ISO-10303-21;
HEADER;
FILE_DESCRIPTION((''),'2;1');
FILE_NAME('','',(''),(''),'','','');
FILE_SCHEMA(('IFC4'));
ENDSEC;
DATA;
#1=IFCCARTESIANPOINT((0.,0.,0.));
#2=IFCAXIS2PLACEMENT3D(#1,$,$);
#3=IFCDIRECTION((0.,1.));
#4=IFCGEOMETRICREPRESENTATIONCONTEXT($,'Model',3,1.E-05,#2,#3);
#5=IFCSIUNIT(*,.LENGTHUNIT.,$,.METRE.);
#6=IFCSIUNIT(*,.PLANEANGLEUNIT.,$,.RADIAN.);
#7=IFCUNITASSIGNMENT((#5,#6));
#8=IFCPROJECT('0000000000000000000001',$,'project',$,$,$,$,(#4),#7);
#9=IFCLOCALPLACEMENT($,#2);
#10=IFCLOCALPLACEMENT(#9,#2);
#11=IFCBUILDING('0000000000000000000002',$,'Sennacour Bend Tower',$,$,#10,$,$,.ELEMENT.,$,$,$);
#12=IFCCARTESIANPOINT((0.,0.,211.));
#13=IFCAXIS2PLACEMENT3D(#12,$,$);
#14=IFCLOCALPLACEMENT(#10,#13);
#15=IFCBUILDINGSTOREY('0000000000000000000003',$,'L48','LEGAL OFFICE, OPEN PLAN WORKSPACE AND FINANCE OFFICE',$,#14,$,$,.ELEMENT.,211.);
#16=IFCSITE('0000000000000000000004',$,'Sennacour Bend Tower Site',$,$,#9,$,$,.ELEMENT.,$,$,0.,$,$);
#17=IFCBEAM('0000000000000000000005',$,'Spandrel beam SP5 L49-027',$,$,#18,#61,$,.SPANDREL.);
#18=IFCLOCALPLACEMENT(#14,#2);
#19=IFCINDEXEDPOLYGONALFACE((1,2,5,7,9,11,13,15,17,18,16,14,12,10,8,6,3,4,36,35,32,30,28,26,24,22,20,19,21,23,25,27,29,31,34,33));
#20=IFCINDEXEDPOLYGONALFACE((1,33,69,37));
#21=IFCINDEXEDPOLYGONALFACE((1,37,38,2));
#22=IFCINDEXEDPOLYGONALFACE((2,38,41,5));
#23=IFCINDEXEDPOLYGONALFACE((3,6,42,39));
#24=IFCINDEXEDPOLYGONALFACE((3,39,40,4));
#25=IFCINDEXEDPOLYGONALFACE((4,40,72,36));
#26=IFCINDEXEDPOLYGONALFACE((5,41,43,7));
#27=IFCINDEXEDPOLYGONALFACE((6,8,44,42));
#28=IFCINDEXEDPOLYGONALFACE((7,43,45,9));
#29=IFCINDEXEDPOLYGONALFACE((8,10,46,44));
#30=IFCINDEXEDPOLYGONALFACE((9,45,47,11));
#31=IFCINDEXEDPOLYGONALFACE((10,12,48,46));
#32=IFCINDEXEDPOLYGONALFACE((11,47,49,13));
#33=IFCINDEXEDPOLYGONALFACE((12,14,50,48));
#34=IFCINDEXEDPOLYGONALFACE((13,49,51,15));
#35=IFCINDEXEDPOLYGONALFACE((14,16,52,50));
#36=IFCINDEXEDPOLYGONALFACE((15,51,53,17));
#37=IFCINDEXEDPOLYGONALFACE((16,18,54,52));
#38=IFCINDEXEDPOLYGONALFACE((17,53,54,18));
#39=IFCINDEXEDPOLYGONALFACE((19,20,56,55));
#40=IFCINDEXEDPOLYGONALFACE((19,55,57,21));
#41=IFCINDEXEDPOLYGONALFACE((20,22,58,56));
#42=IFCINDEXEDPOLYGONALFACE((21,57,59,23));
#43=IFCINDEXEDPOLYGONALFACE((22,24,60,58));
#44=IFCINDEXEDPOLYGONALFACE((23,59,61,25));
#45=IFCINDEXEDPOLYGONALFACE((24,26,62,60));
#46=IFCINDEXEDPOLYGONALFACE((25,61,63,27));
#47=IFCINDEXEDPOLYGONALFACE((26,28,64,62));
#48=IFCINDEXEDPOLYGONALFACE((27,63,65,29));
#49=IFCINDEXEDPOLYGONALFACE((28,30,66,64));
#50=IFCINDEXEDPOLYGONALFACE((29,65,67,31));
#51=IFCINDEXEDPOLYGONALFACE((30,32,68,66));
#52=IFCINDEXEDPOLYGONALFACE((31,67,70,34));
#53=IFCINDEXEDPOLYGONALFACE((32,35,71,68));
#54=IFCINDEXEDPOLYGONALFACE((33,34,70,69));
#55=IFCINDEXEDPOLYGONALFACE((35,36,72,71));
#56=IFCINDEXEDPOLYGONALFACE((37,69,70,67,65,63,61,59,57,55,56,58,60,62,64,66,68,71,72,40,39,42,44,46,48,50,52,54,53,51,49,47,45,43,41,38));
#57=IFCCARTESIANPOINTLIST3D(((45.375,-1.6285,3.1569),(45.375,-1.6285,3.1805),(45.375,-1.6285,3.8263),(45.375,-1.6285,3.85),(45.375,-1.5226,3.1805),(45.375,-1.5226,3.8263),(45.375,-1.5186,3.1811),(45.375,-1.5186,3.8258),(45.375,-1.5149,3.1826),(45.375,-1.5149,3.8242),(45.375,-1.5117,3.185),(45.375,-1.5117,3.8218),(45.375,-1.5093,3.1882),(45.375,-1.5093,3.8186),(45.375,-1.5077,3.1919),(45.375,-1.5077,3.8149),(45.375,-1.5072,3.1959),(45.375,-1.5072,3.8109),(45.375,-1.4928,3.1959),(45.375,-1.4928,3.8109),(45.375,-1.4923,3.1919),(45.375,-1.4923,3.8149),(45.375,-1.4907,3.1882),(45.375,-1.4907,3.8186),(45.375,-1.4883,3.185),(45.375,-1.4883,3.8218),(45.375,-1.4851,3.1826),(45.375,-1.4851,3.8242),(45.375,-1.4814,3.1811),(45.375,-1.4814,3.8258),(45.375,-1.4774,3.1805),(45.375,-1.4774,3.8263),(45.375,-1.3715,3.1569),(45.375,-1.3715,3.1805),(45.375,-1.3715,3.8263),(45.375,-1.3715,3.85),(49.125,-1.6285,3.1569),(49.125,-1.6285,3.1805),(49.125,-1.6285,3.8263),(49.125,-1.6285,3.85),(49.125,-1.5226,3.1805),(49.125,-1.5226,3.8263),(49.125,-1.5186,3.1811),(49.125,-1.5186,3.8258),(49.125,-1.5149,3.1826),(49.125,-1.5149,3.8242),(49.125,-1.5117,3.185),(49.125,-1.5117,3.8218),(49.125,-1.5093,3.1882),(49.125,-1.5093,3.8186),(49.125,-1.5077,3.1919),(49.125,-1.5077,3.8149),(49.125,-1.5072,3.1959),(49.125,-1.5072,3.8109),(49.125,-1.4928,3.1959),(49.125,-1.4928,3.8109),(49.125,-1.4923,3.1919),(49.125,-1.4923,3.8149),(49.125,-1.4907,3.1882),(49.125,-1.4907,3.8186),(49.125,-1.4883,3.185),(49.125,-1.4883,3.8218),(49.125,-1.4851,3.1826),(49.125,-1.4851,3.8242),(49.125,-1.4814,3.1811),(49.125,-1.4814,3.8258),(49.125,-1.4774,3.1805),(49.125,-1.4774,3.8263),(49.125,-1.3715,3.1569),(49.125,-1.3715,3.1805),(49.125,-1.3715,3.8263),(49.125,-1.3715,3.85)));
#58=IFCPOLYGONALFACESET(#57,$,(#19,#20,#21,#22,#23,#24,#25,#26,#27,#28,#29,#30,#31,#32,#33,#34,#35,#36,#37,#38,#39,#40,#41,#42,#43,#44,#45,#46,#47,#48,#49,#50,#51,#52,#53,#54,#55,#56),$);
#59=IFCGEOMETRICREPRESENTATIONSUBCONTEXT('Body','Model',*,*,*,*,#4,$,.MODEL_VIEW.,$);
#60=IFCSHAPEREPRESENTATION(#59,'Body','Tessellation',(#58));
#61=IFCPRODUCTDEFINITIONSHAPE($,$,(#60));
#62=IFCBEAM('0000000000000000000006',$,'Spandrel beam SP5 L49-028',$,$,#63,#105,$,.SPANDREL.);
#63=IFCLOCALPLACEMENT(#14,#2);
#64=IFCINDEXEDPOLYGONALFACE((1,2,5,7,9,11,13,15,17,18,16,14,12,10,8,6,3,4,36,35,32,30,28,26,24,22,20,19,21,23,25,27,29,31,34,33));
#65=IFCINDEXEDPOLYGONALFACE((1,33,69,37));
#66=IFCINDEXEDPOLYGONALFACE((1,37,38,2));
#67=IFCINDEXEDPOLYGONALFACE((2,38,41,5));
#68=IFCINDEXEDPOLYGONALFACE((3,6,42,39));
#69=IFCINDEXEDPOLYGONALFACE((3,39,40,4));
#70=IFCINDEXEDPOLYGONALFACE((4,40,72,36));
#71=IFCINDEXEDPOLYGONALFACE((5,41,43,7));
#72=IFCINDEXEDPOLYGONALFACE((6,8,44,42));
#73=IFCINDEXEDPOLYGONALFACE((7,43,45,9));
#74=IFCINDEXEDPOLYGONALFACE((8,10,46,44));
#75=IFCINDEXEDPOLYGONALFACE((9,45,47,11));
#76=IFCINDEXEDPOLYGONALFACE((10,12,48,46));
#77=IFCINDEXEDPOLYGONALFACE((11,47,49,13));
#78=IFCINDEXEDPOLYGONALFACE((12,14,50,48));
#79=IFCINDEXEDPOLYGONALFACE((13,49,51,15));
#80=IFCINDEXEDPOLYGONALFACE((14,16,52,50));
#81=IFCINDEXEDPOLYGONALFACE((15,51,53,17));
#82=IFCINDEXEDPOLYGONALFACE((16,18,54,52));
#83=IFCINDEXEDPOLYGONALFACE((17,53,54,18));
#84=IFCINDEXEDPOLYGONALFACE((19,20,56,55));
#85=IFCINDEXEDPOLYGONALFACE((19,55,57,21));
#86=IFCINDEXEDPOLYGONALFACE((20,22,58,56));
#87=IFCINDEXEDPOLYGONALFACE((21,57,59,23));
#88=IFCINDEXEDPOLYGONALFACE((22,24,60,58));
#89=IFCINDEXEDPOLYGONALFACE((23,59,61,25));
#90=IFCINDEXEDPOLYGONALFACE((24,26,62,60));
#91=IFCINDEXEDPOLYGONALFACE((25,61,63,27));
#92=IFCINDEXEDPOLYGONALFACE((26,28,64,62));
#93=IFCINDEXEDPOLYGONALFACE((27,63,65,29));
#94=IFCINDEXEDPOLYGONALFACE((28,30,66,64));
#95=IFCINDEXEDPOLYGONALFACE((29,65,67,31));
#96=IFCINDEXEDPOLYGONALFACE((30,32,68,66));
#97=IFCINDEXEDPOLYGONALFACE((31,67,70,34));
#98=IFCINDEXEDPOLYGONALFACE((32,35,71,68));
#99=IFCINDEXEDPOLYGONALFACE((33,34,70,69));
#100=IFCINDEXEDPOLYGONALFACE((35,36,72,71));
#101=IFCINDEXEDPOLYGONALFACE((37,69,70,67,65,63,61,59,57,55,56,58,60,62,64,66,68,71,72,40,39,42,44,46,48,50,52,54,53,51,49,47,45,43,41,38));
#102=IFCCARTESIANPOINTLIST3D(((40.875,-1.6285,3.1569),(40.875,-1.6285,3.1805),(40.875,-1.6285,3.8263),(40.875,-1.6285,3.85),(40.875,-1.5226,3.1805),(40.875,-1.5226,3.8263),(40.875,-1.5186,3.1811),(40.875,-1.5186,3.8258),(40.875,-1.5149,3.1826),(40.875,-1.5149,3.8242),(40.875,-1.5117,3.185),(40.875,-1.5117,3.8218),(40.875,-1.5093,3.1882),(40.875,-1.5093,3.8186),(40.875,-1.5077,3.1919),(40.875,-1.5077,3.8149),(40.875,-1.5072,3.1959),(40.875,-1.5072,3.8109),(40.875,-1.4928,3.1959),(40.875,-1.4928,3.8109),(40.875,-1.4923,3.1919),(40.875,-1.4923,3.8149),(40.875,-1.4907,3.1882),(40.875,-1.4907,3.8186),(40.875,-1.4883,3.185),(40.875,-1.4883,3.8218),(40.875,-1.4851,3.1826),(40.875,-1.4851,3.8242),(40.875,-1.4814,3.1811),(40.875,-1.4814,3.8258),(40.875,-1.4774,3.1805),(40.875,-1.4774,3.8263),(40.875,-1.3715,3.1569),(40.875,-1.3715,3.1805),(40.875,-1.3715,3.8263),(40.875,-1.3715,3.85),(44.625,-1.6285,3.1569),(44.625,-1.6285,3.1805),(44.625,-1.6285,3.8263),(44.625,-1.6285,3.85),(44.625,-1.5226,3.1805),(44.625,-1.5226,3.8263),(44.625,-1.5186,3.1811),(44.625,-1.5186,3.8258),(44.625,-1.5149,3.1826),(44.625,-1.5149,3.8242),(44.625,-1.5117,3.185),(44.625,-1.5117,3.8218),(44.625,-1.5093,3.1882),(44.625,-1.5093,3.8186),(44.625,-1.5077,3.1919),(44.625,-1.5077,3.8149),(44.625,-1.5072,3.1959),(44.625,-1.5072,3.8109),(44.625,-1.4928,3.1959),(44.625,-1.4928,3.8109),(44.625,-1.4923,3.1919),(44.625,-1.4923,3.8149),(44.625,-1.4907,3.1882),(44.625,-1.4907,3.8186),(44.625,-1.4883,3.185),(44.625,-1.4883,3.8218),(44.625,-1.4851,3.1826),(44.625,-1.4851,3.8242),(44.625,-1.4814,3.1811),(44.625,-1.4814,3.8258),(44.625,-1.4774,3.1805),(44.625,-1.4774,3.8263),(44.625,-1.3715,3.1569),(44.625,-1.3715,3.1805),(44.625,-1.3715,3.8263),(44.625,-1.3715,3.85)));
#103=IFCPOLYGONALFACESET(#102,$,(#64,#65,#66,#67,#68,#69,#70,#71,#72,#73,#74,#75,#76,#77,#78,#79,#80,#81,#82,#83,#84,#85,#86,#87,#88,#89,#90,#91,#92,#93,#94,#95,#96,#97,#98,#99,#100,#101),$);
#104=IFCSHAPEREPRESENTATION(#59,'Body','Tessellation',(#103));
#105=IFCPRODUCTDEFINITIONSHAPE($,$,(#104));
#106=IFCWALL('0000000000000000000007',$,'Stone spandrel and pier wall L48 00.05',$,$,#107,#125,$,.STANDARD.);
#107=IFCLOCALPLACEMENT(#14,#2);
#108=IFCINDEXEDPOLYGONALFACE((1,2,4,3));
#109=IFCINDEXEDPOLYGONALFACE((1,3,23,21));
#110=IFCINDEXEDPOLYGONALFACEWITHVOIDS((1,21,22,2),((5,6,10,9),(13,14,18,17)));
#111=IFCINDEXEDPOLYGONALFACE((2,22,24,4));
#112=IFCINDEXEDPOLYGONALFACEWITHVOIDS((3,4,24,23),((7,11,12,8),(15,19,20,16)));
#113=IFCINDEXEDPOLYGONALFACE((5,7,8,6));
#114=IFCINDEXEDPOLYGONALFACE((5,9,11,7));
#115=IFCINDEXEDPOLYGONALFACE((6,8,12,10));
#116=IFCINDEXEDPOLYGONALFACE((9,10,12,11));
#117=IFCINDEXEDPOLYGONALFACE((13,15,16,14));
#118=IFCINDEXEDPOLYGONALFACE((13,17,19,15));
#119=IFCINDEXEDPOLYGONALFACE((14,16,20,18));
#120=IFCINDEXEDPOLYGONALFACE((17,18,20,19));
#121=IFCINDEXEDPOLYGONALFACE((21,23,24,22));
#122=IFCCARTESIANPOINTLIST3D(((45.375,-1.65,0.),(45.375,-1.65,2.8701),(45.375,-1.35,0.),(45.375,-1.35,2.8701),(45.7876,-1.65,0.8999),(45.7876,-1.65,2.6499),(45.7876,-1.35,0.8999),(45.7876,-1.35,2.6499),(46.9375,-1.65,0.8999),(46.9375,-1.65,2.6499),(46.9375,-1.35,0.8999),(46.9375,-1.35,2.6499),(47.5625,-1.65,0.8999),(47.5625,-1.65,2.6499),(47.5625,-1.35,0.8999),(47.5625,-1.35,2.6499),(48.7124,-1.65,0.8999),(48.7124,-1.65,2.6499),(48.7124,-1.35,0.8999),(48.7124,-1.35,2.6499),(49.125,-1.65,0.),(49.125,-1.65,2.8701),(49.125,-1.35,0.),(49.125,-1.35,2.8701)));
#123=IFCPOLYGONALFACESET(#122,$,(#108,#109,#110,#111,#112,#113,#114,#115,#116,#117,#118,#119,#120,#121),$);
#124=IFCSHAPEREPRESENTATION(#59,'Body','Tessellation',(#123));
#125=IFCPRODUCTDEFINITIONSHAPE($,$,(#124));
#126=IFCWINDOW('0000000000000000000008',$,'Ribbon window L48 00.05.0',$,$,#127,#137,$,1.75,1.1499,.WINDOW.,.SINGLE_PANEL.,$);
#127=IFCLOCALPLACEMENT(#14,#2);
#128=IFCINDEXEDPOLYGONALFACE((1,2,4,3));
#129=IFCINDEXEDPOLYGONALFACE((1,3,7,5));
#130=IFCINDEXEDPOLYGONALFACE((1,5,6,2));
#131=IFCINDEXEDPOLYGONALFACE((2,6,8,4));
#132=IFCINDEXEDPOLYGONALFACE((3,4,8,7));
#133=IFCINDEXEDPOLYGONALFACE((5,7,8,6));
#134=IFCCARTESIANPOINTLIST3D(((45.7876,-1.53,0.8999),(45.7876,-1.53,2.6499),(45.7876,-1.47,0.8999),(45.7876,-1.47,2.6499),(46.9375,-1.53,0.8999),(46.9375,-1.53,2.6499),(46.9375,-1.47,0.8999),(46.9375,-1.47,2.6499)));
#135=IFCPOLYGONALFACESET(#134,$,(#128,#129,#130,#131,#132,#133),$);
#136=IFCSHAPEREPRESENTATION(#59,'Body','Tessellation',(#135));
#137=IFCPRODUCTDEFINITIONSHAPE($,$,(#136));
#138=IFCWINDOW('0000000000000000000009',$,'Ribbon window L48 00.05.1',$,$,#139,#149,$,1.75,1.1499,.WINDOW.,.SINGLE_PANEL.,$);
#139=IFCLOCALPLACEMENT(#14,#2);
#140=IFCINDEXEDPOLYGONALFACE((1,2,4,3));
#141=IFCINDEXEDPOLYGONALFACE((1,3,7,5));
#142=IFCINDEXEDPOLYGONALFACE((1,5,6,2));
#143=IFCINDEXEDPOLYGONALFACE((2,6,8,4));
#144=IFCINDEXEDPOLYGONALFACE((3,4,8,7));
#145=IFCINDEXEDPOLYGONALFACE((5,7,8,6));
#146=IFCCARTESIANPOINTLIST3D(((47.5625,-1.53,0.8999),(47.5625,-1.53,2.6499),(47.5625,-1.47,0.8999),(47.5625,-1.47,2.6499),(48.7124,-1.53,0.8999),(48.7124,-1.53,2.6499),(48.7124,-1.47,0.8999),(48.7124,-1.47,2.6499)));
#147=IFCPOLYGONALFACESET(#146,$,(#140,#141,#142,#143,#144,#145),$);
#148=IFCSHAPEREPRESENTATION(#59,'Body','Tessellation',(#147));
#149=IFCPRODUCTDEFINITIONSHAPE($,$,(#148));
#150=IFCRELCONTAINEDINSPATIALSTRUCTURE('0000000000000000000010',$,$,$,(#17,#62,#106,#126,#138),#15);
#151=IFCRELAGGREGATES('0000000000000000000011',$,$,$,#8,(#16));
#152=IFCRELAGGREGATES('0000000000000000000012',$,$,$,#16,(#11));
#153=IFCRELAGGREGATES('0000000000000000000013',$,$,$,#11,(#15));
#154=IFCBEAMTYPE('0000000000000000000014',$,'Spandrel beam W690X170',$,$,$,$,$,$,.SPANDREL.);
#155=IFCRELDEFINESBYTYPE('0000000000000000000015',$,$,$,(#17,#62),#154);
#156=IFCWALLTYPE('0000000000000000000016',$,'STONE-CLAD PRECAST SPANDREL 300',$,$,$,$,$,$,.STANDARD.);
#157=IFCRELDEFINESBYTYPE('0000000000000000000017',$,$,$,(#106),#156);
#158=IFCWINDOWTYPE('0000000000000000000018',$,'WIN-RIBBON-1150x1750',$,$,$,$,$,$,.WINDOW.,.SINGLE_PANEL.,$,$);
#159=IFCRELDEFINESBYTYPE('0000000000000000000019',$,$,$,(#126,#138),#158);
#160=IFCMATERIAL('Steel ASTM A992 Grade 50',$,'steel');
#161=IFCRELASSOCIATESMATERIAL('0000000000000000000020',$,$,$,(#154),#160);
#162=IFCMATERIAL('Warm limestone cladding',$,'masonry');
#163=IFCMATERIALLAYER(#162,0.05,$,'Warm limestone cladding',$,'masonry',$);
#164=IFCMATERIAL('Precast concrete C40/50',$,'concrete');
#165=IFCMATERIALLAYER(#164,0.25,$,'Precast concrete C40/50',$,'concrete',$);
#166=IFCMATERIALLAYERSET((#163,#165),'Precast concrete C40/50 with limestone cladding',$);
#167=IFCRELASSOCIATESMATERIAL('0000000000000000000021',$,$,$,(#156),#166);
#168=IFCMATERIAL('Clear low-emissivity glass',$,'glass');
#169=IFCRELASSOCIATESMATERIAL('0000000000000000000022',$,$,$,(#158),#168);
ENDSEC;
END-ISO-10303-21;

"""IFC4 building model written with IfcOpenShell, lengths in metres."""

from ifc_helpers import new_model, si_unit, direction, frame, frame_2d, origin, origin_2d, place, context, subcontext, project, spatial, rectangle, i_section, extrude, material, layer, layer_set, material_profile, profile_set, type_object, element, fill, save


model = new_model("IFC4")

# Units and contexts
model_context = context("Model", 3, precision=1e-05, world=origin(), true_north=direction((0.0, 1.0)))
body_context = subcontext(model_context, "Body", "Model", "MODEL_VIEW")
ifc_project = project(units=[si_unit("LENGTHUNIT", "METRE"), si_unit("PLANEANGLEUNIT", "RADIAN")], contexts=[model_context])

# Site, building, storey
site_placement = place(None, origin())
site = spatial("IfcSite", under=ifc_project, at=site_placement, Name="Sennacour Bend Tower Site", CompositionType="ELEMENT", RefElevation=0.0)
building_placement = place(site_placement, origin())
building = spatial("IfcBuilding", under=site, at=building_placement, Name="Sennacour Bend Tower", CompositionType="ELEMENT")
storey_placement = place(building_placement, frame((0.0, 0.0, 211.0)))
storey = spatial("IfcBuildingStorey", under=building, at=storey_placement, Name="L48", Description="LEGAL OFFICE, OPEN PLAN WORKSPACE AND FINANCE OFFICE", CompositionType="ELEMENT", Elevation=211.0)

# Beams
ifc_material_1 = material(Name="Steel ASTM A992 Grade 50", Category="steel")
ifc_material_profile_1 = material_profile(ifc_material_1, i_section(OverallWidth=0.2571, OverallDepth=0.6931, WebThickness=0.0144, FlangeThickness=0.0237, FilletRadius=0.0154, at=origin_2d()), Name="Steel ASTM A992 Grade 50", Category="steel")
ifc_profile_set_1 = profile_set([ifc_material_profile_1], Name="Steel ASTM A992 Grade 50")
beam_type_1 = type_object("IfcBeamType", Name="Spandrel beam W690X170", PredefinedType="SPANDREL", material=ifc_profile_set_1)
for number, where, z_axis, x_axis, name in (
    (1, (49.125, -1.5, 3.5034), (-1.0, 0.0, 0.0), (0.0, -1.0, 0.0), "Spandrel beam SP5 L49-027"),
    (2, (44.625, -1.5, 3.5034), (-1.0, 0.0, 0.0), (0.0, -1.0, 0.0), "Spandrel beam SP5 L49-028"),
):
    element("IfcBeam", number, at=place(storey_placement, frame(where, z_axis=z_axis, x_axis=x_axis)), inside=storey, type_object=beam_type_1, Name=name, PredefinedType="SPANDREL", context=body_context, shape_type="SweptSolid", body=[
        extrude(i_section(OverallWidth=0.2571, OverallDepth=0.6931, WebThickness=0.0144, FlangeThickness=0.0237, FilletRadius=0.0154, at=origin_2d()), origin(), (0.0, 0.0, 1.0), 3.75),
    ])

# Wall, openings, windows
ifc_material_2 = material(Name="Warm limestone cladding", Category="masonry")
ifc_layer_1 = layer(ifc_material_2, 0.05, Name="Warm limestone cladding", Category="masonry")
ifc_material_3 = material(Name="Precast concrete C40/50", Category="concrete")
ifc_layer_2 = layer(ifc_material_3, 0.25, Name="Precast concrete C40/50", Category="concrete")
ifc_layer_set = layer_set([ifc_layer_1, ifc_layer_2], Name="Precast concrete C40/50 with limestone cladding")
wall_type = type_object("IfcWallType", Name="STONE-CLAD PRECAST SPANDREL 300", PredefinedType="STANDARD", material=ifc_layer_set)
wall_1_placement = place(storey_placement, frame((45.375, -1.5, 0.0), z_axis=(0.0, 0.0, 1.0), x_axis=(1.0, 0.0, 0.0)))
wall_1 = element("IfcWall", 3, at=wall_1_placement, inside=storey, type_object=wall_type, Name="Stone spandrel and pier wall L48 00.05", PredefinedType="STANDARD", context=body_context, shape_type="SweptSolid", body=[
    extrude(rectangle(XDim=3.75, YDim=0.3, at=frame_2d((1.875, 0.0))), origin(), (0.0, 0.0, 1.0), 2.8701),
])
opening_1_placement = place(wall_1_placement, frame((0.4126, 0.0, 0.8999)))
opening_1 = element("IfcOpeningElement", 4, at=opening_1_placement, cuts=wall_1, PredefinedType="OPENING", context=body_context, shape_type="SweptSolid", body=[
    extrude(rectangle(XDim=1.1499, YDim=1.75, at=frame_2d((0.575, 0.875))), frame((0.0, 0.1602, 0.0), z_axis=(0.0, -1.0, 0.0), x_axis=(1.0, 0.0, 0.0)), (0.0, 0.0, 1.0), 0.3201),
])
opening_2_placement = place(wall_1_placement, frame((2.1875, 0.0, 0.8999)))
opening_2 = element("IfcOpeningElement", 5, at=opening_2_placement, cuts=wall_1, PredefinedType="OPENING", context=body_context, shape_type="SweptSolid", body=[
    extrude(rectangle(XDim=1.1499, YDim=1.75, at=frame_2d((0.575, 0.875))), frame((0.0, 0.1602, 0.0), z_axis=(0.0, -1.0, 0.0), x_axis=(1.0, 0.0, 0.0)), (0.0, 0.0, 1.0), 0.3201),
])
ifc_material_4 = material(Name="Clear low-emissivity glass", Category="glass")
window_type = type_object("IfcWindowType", Name="WIN-RIBBON-1150x1750", PartitioningType="SINGLE_PANEL", PredefinedType="WINDOW", material=ifc_material_4)
window_1_placement = place(opening_1_placement, origin())
window_1 = element("IfcWindow", 6, at=window_1_placement, inside=storey, type_object=window_type, Name="Ribbon window L48 00.05.0", OverallHeight=1.75, OverallWidth=1.1499, PartitioningType="SINGLE_PANEL", PredefinedType="WINDOW", context=body_context, shape_type="SweptSolid", body=[
    extrude(rectangle(XDim=1.1499, YDim=1.75, at=frame_2d((0.575, 0.875))), frame((0.0, 0.03, 0.0), z_axis=(0.0, -1.0, 0.0), x_axis=(1.0, 0.0, 0.0)), (0.0, 0.0, 1.0), 0.0601),
])
fill(opening_1, window_1)
window_2_placement = place(opening_2_placement, origin())
window_2 = element("IfcWindow", 7, at=window_2_placement, inside=storey, type_object=window_type, Name="Ribbon window L48 00.05.1", OverallHeight=1.75, OverallWidth=1.1499, PartitioningType="SINGLE_PANEL", PredefinedType="WINDOW", context=body_context, shape_type="SweptSolid", body=[
    extrude(rectangle(XDim=1.1499, YDim=1.75, at=frame_2d((0.575, 0.875))), frame((0.0, 0.03, 0.0), z_axis=(0.0, -1.0, 0.0), x_axis=(1.0, 0.0, 0.0)), (0.0, 0.0, 1.0), 0.0601),
])
fill(opening_2, window_2)

save(model, "model.ifc")
